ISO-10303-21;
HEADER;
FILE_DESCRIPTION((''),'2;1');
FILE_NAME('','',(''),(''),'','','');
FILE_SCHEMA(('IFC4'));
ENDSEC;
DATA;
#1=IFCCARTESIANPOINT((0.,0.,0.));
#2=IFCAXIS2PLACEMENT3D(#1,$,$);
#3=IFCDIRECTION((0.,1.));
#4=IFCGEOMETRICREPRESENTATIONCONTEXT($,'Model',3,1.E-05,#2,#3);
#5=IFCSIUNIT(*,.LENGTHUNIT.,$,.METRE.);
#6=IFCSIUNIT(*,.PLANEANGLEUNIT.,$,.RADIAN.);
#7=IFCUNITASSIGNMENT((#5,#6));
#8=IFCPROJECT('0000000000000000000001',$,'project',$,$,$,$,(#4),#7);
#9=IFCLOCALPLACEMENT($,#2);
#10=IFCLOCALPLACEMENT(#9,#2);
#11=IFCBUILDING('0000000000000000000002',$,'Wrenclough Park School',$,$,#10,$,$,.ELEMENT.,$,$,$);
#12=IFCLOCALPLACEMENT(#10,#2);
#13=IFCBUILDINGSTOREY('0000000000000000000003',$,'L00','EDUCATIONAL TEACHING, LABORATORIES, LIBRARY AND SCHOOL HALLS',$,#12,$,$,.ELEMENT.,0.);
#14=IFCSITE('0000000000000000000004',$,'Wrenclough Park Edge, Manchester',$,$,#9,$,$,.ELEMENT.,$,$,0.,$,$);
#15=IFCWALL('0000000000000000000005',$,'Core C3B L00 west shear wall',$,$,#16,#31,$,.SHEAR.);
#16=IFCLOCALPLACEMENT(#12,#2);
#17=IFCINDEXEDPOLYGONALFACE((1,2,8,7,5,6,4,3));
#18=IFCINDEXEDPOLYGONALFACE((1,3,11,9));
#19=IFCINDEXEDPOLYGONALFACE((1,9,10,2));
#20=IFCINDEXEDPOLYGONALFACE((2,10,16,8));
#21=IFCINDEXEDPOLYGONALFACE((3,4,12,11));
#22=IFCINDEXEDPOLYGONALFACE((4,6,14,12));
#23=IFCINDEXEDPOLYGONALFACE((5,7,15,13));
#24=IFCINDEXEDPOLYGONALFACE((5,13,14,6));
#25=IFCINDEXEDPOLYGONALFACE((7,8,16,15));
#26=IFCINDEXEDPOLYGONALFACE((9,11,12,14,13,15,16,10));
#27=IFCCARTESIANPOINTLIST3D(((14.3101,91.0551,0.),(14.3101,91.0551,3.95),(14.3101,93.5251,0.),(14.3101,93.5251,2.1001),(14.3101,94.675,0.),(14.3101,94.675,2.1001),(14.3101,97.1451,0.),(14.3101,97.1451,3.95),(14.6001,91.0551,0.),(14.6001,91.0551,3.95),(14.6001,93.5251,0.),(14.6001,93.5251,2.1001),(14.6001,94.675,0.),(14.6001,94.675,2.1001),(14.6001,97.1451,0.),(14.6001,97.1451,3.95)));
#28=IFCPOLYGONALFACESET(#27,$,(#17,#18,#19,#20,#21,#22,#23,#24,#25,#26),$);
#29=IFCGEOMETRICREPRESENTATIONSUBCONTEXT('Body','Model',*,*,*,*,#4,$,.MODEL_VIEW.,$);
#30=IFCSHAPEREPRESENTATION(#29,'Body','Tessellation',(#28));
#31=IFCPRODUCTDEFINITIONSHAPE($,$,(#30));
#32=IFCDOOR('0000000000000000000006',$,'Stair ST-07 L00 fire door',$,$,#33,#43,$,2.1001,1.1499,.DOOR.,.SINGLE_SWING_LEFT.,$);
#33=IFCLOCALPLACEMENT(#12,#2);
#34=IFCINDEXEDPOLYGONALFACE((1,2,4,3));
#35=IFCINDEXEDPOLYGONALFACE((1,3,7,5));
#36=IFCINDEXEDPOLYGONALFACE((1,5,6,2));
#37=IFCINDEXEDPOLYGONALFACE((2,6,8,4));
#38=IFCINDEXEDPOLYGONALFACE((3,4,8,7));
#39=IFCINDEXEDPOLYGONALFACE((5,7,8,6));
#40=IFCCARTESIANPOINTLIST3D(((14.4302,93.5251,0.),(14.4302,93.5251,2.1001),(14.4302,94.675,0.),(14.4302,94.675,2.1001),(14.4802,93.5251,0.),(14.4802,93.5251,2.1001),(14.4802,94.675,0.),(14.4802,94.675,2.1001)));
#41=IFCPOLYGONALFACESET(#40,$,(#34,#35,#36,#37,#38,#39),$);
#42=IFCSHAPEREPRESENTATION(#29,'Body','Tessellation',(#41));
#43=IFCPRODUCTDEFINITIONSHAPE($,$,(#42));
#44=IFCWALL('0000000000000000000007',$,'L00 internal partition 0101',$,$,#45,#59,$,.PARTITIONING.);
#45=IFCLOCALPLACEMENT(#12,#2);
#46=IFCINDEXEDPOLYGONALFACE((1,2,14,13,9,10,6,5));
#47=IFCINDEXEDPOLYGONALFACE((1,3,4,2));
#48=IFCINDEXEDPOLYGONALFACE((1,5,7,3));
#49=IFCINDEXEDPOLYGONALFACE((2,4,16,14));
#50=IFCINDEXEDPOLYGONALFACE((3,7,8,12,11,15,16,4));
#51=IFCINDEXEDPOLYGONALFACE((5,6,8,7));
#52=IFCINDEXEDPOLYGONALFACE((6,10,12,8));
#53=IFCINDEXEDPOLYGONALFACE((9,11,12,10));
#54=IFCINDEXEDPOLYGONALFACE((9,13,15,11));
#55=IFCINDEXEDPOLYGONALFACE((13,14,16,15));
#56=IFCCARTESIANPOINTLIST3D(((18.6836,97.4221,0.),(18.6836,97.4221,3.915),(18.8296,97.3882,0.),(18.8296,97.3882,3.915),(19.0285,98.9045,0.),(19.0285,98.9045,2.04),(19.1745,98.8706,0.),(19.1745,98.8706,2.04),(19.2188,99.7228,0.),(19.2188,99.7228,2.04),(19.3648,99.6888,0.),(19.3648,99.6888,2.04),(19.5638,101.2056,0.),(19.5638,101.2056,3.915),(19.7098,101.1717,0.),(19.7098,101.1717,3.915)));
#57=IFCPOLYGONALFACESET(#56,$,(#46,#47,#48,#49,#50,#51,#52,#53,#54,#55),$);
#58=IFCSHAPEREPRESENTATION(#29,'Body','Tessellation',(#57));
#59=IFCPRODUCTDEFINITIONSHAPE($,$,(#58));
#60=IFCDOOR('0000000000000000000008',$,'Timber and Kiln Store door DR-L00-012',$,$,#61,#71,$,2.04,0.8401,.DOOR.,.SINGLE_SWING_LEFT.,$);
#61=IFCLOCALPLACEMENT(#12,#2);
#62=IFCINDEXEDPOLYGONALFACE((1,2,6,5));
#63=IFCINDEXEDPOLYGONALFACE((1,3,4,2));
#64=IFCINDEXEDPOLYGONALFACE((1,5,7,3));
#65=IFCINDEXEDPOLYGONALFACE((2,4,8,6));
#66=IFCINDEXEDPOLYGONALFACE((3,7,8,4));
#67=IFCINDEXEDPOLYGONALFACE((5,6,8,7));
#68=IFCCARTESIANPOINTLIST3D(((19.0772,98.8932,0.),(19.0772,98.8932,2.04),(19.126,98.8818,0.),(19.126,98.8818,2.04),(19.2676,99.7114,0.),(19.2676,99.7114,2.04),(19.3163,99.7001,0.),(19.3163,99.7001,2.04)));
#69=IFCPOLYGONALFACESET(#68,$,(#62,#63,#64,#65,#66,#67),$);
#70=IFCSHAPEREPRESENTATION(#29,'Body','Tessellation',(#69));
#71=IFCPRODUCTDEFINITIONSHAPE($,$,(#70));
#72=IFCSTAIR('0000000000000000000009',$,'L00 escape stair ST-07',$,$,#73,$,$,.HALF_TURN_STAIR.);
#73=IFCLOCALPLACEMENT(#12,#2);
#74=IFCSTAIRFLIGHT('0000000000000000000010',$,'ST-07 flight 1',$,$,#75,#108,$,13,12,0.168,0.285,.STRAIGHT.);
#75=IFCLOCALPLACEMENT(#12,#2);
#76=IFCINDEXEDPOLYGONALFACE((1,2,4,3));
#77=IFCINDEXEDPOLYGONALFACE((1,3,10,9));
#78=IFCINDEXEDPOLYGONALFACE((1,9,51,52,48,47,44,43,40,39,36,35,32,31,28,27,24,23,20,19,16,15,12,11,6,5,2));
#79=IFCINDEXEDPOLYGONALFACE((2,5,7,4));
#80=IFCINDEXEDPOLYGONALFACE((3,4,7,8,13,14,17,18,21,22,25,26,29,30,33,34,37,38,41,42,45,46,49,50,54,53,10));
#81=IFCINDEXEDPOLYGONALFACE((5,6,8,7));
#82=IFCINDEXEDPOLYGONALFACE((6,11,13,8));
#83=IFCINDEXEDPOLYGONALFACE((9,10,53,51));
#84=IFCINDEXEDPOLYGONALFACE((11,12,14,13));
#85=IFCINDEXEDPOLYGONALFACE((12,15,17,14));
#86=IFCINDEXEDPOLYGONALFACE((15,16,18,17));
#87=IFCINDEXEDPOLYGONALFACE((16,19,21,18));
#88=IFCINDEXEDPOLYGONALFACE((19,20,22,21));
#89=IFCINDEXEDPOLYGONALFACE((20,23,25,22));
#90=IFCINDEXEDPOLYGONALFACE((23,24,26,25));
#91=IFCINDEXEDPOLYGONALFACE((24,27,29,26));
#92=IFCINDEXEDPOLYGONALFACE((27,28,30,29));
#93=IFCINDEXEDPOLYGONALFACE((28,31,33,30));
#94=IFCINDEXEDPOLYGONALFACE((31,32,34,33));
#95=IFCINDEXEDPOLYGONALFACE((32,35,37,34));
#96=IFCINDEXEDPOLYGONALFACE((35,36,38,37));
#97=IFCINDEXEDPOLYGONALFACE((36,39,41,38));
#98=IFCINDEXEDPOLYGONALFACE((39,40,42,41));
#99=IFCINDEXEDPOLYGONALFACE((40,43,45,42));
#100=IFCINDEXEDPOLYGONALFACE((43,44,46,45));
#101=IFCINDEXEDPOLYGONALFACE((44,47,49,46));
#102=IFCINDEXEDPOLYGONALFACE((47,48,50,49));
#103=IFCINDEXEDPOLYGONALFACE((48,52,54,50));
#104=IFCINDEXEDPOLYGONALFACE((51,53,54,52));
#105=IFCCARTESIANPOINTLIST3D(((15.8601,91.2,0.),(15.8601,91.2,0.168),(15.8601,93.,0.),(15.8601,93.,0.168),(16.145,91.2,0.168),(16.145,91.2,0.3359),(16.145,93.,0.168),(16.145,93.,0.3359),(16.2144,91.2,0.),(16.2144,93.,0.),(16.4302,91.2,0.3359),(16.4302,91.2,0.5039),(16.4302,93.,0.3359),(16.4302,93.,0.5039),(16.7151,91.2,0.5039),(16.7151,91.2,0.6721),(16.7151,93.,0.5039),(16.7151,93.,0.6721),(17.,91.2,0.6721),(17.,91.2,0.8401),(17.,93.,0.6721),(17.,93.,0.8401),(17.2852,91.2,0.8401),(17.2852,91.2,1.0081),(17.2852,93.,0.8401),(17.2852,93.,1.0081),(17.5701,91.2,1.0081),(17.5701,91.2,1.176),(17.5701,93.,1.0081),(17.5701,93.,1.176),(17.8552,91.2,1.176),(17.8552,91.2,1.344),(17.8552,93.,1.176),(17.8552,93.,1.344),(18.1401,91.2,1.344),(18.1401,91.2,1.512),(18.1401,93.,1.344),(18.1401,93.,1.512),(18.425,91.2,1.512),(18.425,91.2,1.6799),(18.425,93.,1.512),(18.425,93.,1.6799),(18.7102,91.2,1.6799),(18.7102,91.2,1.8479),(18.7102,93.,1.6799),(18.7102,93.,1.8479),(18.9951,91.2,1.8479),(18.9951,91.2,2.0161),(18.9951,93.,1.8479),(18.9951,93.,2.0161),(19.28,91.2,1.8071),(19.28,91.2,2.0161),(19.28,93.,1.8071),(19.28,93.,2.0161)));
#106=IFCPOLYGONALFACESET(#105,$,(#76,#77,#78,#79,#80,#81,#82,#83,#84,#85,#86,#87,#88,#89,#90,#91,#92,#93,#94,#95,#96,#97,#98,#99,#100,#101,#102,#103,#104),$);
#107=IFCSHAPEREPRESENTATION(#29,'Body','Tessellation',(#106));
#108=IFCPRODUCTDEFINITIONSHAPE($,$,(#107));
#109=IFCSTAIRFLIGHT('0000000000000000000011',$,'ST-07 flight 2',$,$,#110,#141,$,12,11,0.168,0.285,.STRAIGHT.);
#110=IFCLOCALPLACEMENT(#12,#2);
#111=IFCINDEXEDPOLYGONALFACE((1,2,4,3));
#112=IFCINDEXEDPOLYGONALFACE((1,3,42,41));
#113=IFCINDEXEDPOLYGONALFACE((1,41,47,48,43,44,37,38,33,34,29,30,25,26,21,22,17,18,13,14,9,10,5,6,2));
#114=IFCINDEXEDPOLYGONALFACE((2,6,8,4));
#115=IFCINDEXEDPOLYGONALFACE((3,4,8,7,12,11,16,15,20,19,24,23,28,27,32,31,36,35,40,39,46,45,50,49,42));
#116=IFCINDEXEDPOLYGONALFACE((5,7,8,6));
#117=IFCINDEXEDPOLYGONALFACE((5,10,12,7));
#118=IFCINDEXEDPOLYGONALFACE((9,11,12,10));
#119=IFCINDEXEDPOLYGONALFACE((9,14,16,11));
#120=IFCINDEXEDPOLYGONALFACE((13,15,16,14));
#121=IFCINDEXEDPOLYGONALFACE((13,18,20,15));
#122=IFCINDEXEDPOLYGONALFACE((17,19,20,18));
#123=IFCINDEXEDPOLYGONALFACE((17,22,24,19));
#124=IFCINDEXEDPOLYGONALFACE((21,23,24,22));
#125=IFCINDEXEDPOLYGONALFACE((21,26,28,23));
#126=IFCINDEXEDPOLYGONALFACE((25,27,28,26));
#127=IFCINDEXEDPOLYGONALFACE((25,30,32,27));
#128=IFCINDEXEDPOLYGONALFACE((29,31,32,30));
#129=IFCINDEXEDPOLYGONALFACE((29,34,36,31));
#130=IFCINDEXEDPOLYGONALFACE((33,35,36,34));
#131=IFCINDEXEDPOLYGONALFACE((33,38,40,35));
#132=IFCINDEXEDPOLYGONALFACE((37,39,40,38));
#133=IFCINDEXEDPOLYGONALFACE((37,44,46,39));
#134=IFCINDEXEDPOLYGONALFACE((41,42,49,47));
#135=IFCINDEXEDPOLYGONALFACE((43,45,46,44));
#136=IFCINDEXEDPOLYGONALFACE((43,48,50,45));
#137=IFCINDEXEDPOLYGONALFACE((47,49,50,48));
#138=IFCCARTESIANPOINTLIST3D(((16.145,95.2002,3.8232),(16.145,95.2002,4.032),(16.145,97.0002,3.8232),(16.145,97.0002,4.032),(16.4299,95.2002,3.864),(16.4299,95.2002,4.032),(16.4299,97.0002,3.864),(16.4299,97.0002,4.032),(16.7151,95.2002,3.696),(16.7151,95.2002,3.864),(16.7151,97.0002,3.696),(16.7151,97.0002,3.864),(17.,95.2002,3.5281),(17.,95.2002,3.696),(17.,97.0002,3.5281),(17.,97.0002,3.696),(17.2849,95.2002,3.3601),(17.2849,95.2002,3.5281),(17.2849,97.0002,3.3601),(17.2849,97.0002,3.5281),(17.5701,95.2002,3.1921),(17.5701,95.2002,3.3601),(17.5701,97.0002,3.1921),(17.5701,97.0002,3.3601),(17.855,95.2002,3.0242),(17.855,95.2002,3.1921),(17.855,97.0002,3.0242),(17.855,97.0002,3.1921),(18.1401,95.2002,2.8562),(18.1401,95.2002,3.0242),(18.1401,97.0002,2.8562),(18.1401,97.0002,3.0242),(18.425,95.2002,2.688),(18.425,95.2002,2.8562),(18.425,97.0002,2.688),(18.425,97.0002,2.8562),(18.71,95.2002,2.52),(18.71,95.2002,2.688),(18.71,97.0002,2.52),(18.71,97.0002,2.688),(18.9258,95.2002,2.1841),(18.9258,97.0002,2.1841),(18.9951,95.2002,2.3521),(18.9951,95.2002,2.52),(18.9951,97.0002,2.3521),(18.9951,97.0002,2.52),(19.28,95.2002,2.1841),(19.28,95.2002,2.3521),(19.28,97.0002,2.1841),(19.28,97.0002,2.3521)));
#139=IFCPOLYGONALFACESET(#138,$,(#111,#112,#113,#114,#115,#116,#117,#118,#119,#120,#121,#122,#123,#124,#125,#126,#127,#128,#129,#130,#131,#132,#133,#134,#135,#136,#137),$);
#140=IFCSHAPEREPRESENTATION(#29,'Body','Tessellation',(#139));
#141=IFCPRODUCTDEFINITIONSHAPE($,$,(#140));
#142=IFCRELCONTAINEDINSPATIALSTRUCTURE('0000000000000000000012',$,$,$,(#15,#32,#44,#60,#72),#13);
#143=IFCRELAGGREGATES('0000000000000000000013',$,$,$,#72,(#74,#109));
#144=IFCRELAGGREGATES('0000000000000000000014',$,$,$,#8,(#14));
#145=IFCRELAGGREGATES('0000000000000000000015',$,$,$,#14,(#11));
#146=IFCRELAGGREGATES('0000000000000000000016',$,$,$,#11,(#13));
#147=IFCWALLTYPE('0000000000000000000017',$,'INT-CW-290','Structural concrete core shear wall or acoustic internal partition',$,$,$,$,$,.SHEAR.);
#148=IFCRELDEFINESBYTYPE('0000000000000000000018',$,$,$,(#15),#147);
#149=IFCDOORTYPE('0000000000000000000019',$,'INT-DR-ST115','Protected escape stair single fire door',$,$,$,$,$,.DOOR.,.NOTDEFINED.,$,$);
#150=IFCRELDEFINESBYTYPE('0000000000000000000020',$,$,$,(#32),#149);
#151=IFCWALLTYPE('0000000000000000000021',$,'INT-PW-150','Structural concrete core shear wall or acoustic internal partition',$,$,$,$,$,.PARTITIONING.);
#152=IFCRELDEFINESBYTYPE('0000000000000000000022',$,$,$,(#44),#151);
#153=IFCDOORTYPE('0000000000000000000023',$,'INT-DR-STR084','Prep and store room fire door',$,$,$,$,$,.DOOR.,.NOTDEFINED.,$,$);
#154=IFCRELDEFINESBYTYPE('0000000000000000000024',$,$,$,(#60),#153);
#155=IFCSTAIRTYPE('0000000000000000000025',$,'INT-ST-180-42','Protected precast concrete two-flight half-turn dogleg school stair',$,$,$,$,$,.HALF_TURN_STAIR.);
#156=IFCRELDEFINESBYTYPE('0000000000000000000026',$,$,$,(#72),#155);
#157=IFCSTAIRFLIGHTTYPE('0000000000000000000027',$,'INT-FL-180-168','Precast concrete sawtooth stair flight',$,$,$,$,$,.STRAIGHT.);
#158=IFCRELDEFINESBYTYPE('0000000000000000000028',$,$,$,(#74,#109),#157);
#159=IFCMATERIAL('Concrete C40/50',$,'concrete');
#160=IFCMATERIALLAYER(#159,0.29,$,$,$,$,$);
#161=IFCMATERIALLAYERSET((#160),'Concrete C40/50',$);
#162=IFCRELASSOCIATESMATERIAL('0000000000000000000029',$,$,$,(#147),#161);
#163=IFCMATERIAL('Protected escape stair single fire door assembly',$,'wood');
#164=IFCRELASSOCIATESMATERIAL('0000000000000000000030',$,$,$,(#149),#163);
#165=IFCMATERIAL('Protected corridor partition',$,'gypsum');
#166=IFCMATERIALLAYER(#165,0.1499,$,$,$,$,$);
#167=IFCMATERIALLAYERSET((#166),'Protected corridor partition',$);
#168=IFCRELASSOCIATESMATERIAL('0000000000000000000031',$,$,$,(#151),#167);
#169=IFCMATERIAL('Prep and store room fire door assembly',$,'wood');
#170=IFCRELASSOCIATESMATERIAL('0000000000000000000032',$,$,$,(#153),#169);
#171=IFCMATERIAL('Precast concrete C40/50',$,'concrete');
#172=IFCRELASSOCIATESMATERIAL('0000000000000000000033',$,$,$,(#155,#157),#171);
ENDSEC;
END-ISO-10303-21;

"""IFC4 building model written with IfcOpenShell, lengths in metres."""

from ifc_helpers import new_model, si_unit, direction, frame, frame_2d, origin, place, context, subcontext, project, spatial, polyline, rectangle, outline, extrude, material, layer, layer_set, type_object, element, fill, aggregate, save


model = new_model("IFC4")

# Units and contexts
model_context = context("Model", 3, precision=1e-05, world=origin(), true_north=direction((0.0, 1.0)))
body_context = subcontext(model_context, "Body", "Model", "MODEL_VIEW")
ifc_project = project(units=[si_unit("LENGTHUNIT", "METRE"), si_unit("PLANEANGLEUNIT", "RADIAN")], contexts=[model_context])

# Site, building, storey
site_placement = place(None, origin())
site = spatial("IfcSite", under=ifc_project, at=site_placement, Name="Wrenclough Park Edge, Manchester", CompositionType="ELEMENT", RefElevation=0.0)
building_placement = place(site_placement, origin())
building = spatial("IfcBuilding", under=site, at=building_placement, Name="Wrenclough Park School", CompositionType="ELEMENT")
storey_placement = place(building_placement, origin())
storey = spatial("IfcBuildingStorey", under=building, at=storey_placement, Name="L00", Description="EDUCATIONAL TEACHING, LABORATORIES, LIBRARY AND SCHOOL HALLS", CompositionType="ELEMENT", Elevation=0.0)

# Shared definitions
ifc_material_1 = material(Name="Concrete C40/50", Category="concrete")

# Shared definitions
ifc_layer_1 = layer(ifc_material_1, 0.29)
ifc_layer_set_1 = layer_set([ifc_layer_1], Name="Concrete C40/50")
wall_type_1 = type_object("IfcWallType", Name="INT-CW-290", Description="Structural concrete core shear wall or acoustic internal partition", PredefinedType="SHEAR", material=ifc_layer_set_1)

# Walls, openings, doors
wall_1_placement = place(storey_placement, frame((14.4551, 97.145, 0.0), z_axis=(0.0, 0.0, 1.0), x_axis=(0.0, -1.0, 0.0)))
wall_1 = element("IfcWall", 1, at=wall_1_placement, inside=storey, type_object=wall_type_1, Name="Core C3B L00 west shear wall", PredefinedType="SHEAR", context=body_context, shape_type="SweptSolid", body=[
    extrude(rectangle(XDim=6.0901, YDim=0.29, at=frame_2d((3.0449, 0.0))), origin(), (0.0, 0.0, 1.0), 3.95),
])
opening_1_placement = place(wall_1_placement, frame((2.47, 0.0, 0.0)))
opening_1 = element("IfcOpeningElement", 2, at=opening_1_placement, cuts=wall_1, PredefinedType="OPENING", context=body_context, shape_type="SweptSolid", body=[
    extrude(rectangle(XDim=1.1499, YDim=2.1001, at=frame_2d((0.575, 1.05))), frame((0.0, 0.155, 0.0), z_axis=(0.0, -1.0, 0.0), x_axis=(1.0, 0.0, 0.0)), (0.0, 0.0, 1.0), 0.3101),
])
ifc_material_2 = material(Name="Protected escape stair single fire door assembly", Category="wood")
door_type_1 = type_object("IfcDoorType", Name="INT-DR-ST115", Description="Protected escape stair single fire door", OperationType="NOTDEFINED", PredefinedType="DOOR", material=ifc_material_2)
door_1_placement = place(opening_1_placement, frame((1.1499, 0.0, 0.0), z_axis=(0.0, 0.0, 1.0), x_axis=(-1.0, 0.0, 0.0)))
door_1 = element("IfcDoor", 3, at=door_1_placement, inside=storey, type_object=door_type_1, Name="Stair ST-07 L00 fire door", OperationType="SINGLE_SWING_LEFT", OverallHeight=2.1001, OverallWidth=1.1499, PredefinedType="DOOR", context=body_context, shape_type="SweptSolid", body=[
    extrude(rectangle(XDim=1.1499, YDim=2.1001, at=frame_2d((0.575, 1.05))), frame((0.0, 0.0249, 0.0), z_axis=(0.0, -1.0, 0.0), x_axis=(1.0, 0.0, 0.0)), (0.0, 0.0, 1.0), 0.05),
])
fill(opening_1, door_1)
ifc_material_3 = material(Name="Protected corridor partition", Category="gypsum")
ifc_layer_2 = layer(ifc_material_3, 0.1499)
ifc_layer_set_2 = layer_set([ifc_layer_2], Name="Protected corridor partition")
wall_type_2 = type_object("IfcWallType", Name="INT-PW-150", Description="Structural concrete core shear wall or acoustic internal partition", PredefinedType="PARTITIONING", material=ifc_layer_set_2)
wall_2_placement = place(storey_placement, frame((18.7566, 97.405, 0.0), z_axis=(0.0, 0.0, 1.0), x_axis=(0.226576, 0.973994, 0.0)))
wall_2 = element("IfcWall", 4, at=wall_2_placement, inside=storey, type_object=wall_type_2, Name="L00 internal partition 0101", PredefinedType="PARTITIONING", context=body_context, shape_type="SweptSolid", body=[
    extrude(rectangle(XDim=3.8845, YDim=0.1499, at=frame_2d((1.9424, 0.0))), origin(), (0.0, 0.0, 1.0), 3.915),
])
opening_2_placement = place(wall_2_placement, frame((1.5222, 0.0, 0.0)))
opening_2 = element("IfcOpeningElement", 5, at=opening_2_placement, cuts=wall_2, PredefinedType="OPENING", context=body_context, shape_type="SweptSolid", body=[
    extrude(rectangle(XDim=0.8401, YDim=2.04, at=frame_2d((0.4199, 1.02))), frame((0.0, 0.085, 0.0), z_axis=(0.0, -1.0, 0.0), x_axis=(1.0, 0.0, 0.0)), (0.0, 0.0, 1.0), 0.1699),
])
ifc_material_4 = material(Name="Prep and store room fire door assembly", Category="wood")
door_type_2 = type_object("IfcDoorType", Name="INT-DR-STR084", Description="Prep and store room fire door", OperationType="NOTDEFINED", PredefinedType="DOOR", material=ifc_material_4)
door_2_placement = place(opening_2_placement, origin())
door_2 = element("IfcDoor", 6, at=door_2_placement, inside=storey, type_object=door_type_2, Name="Timber and Kiln Store door DR-L00-012", OperationType="SINGLE_SWING_LEFT", OverallHeight=2.04, OverallWidth=0.8401, PredefinedType="DOOR", context=body_context, shape_type="SweptSolid", body=[
    extrude(rectangle(XDim=0.8401, YDim=2.04, at=frame_2d((0.4199, 1.02))), frame((0.0, 0.0249, 0.0), z_axis=(0.0, -1.0, 0.0), x_axis=(1.0, 0.0, 0.0)), (0.0, 0.0, 1.0), 0.05),
])
fill(opening_2, door_2)

# Stair, stair flights
ifc_material_5 = material(Name="Precast concrete C40/50", Category="concrete")
stair_type = type_object("IfcStairType", Name="INT-ST-180-42", Description="Protected precast concrete two-flight half-turn dogleg school stair", PredefinedType="HALF_TURN_STAIR", material=ifc_material_5)
stair_placement = place(storey_placement, origin())
stair = element("IfcStair", 7, at=stair_placement, inside=storey, type_object=stair_type, Name="L00 escape stair ST-07", PredefinedType="HALF_TURN_STAIR")
stair_flight_type = type_object("IfcStairFlightType", Name="INT-FL-180-168", Description="Precast concrete sawtooth stair flight", PredefinedType="STRAIGHT", material=ifc_material_5)
stair_flight_1_placement = place(storey_placement, frame((15.8601, 92.1001, 0.0), z_axis=(0.0, 0.0, 1.0), x_axis=(1.0, 0.0, 0.0)))
stair_flight_1 = element("IfcStairFlight", 8, at=stair_flight_1_placement, type_object=stair_flight_type, Name="ST-07 flight 1", NumberOfRisers=13, NumberOfTreads=12, PredefinedType="STRAIGHT", RiserHeight=0.168, TreadLength=0.285, context=body_context, shape_type="SweptSolid", body=[
    extrude(outline(polyline([(0.0, 0.0), (0.0, 0.168), (0.2849, 0.168), (0.2849, 0.3359), (0.5701, 0.3359), (0.5701, 0.5039), (0.855, 0.5039), (0.855, 0.6721), (1.1399, 0.6721), (1.1399, 0.8401), (1.425, 0.8401), (1.425, 1.0081), (1.71, 1.0081), (1.71, 1.176), (1.9951, 1.176), (1.9951, 1.344), (2.28, 1.344), (2.28, 1.512), (2.5649, 1.512), (2.5649, 1.6799), (2.8501, 1.6799), (2.8501, 1.8479), (3.135, 1.8479), (3.135, 2.0161), (3.4199, 2.0161), (3.4199, 2.1841), (3.4199, 1.8071), (0.3542, 0.0), (0.0, 0.0)])), frame((0.0, 0.8999, 0.0), z_axis=(0.0, -1.0, 0.0), x_axis=(1.0, 0.0, 0.0)), (0.0, 0.0, 1.0), 1.8),
])
stair_flight_2_placement = place(storey_placement, frame((19.28, 96.1001, 2.1841), z_axis=(0.0, 0.0, 1.0), x_axis=(-1.0, 0.0, 0.0)))
stair_flight_2 = element("IfcStairFlight", 9, at=stair_flight_2_placement, type_object=stair_flight_type, Name="ST-07 flight 2", NumberOfRisers=12, NumberOfTreads=11, PredefinedType="STRAIGHT", RiserHeight=0.168, TreadLength=0.285, context=body_context, shape_type="SweptSolid", body=[
    extrude(outline(polyline([(0.0, 0.0), (0.0, 0.168), (0.2849, 0.168), (0.2849, 0.3359), (0.5701, 0.3359), (0.5701, 0.5039), (0.855, 0.5039), (0.855, 0.6721), (1.1399, 0.6721), (1.1399, 0.8401), (1.425, 0.8401), (1.425, 1.0081), (1.71, 1.0081), (1.71, 1.176), (1.9951, 1.176), (1.9951, 1.344), (2.28, 1.344), (2.28, 1.512), (2.5649, 1.512), (2.5649, 1.6799), (2.8501, 1.6799), (2.8501, 1.8479), (3.135, 1.8479), (3.135, 2.0161), (3.135, 1.6392), (0.3542, 0.0), (0.0, 0.0)])), frame((0.0, 0.8999, 0.0), z_axis=(0.0, -1.0, 0.0), x_axis=(1.0, 0.0, 0.0)), (0.0, 0.0, 1.0), 1.8),
])
aggregate(stair, [stair_flight_1, stair_flight_2])

save(model, "model.ifc")
